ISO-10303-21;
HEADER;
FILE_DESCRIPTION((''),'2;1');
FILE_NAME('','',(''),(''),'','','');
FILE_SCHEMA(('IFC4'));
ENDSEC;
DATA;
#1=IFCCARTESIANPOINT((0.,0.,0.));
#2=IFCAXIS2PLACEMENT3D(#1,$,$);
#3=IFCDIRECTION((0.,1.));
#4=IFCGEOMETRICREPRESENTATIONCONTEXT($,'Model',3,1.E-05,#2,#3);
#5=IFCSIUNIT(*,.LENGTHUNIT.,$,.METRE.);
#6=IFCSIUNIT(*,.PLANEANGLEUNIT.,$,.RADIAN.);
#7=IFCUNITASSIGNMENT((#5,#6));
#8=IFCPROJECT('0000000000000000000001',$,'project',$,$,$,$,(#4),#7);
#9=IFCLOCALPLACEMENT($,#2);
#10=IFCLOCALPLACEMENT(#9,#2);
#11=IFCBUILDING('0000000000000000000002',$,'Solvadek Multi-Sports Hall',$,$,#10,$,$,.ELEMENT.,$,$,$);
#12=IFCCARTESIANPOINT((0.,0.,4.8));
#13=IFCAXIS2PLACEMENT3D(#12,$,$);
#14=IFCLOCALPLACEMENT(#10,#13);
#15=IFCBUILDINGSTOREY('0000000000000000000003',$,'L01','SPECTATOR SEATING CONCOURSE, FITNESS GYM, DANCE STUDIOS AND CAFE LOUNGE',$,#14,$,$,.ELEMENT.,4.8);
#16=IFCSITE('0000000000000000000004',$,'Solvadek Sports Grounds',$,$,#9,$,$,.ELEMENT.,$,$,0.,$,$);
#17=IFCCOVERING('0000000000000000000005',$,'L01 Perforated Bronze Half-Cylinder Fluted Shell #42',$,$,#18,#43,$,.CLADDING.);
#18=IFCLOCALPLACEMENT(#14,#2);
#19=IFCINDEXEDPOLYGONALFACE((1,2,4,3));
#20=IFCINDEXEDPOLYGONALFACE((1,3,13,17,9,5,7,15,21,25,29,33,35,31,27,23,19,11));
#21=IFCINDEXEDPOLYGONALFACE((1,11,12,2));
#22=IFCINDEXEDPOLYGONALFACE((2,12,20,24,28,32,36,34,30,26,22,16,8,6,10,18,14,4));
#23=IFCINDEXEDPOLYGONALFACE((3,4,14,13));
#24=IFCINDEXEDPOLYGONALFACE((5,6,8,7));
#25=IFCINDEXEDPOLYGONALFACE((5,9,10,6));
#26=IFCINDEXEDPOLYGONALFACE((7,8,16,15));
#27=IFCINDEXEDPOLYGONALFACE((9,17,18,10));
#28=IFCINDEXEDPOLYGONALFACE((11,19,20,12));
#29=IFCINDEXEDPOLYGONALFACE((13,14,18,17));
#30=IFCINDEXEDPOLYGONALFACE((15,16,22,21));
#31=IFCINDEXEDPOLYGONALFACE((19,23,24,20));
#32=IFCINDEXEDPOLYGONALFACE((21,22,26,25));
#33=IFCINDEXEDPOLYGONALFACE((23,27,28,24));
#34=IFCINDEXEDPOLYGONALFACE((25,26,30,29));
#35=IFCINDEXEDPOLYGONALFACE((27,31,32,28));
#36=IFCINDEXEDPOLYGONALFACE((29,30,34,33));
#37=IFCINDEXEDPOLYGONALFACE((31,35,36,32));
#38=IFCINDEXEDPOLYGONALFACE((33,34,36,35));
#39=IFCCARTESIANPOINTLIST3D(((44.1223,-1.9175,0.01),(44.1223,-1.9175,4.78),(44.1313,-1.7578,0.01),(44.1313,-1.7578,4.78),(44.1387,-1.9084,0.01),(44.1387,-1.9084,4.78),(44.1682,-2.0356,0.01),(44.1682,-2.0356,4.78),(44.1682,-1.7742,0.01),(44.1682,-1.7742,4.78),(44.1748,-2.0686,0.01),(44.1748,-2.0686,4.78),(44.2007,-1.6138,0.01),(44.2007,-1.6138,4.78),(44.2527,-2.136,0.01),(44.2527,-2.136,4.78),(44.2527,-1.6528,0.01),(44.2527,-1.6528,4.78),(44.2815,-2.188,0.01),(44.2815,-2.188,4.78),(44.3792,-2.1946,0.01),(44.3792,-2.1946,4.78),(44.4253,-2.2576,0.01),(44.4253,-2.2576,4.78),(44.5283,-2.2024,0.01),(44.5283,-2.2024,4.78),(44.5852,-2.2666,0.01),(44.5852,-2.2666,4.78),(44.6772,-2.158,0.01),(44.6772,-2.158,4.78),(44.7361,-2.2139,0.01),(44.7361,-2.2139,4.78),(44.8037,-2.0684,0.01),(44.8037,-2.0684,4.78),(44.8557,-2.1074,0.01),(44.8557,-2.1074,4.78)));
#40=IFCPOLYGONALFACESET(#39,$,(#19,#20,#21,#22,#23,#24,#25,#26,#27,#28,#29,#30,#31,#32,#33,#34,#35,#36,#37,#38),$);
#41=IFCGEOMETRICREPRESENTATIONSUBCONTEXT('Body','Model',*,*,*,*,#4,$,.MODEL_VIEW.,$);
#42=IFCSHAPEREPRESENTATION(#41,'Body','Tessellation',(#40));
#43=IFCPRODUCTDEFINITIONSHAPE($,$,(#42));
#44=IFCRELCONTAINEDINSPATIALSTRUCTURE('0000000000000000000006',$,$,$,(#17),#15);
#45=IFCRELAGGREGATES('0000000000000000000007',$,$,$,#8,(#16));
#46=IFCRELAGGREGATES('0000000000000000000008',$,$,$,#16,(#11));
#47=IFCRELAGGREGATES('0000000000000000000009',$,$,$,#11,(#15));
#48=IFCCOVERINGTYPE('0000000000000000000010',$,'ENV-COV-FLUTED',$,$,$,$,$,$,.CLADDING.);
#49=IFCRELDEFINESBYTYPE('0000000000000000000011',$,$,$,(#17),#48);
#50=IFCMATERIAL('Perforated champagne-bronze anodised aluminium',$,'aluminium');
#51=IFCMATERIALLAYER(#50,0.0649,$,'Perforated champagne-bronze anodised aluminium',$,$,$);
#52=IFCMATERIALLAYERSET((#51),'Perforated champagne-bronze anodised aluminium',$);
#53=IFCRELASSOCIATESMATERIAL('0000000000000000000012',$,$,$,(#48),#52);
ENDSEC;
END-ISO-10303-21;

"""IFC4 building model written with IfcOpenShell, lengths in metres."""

from ifc_helpers import new_model, si_unit, direction, frame, origin, place, context, subcontext, project, spatial, polyline, outline, extrude, material, layer, layer_set, type_object, element, save


model = new_model("IFC4")

# Units and contexts
model_context = context("Model", 3, precision=1e-05, world=origin(), true_north=direction((0.0, 1.0)))
body_context = subcontext(model_context, "Body", "Model", "MODEL_VIEW")
ifc_project = project(units=[si_unit("LENGTHUNIT", "METRE"), si_unit("PLANEANGLEUNIT", "RADIAN")], contexts=[model_context])

# Site, building, storey
site_placement = place(None, origin())
site = spatial("IfcSite", under=ifc_project, at=site_placement, Name="Solvadek Sports Grounds", CompositionType="ELEMENT", RefElevation=0.0)
building_placement = place(site_placement, origin())
building = spatial("IfcBuilding", under=site, at=building_placement, Name="Solvadek Multi-Sports Hall", CompositionType="ELEMENT")
storey_placement = place(building_placement, frame((0.0, 0.0, 4.8)))
storey = spatial("IfcBuildingStorey", under=building, at=storey_placement, Name="L01", Description="SPECTATOR SEATING CONCOURSE, FITNESS GYM, DANCE STUDIOS AND CAFE LOUNGE", CompositionType="ELEMENT", Elevation=4.8)

# Covering
ifc_material = material(Name="Perforated champagne-bronze anodised aluminium", Category="aluminium")
ifc_layer = layer(ifc_material, 0.0649, Name="Perforated champagne-bronze anodised aluminium")
ifc_layer_set = layer_set([ifc_layer], Name="Perforated champagne-bronze anodised aluminium")
covering_type = type_object("IfcCoveringType", Name="ENV-COV-FLUTED", PredefinedType="CLADDING", material=ifc_layer_set)
covering_1_placement = place(storey_placement, frame((0.0, 0.0, 0.01)))
element("IfcCovering", 1, at=covering_1_placement, inside=storey, type_object=covering_type, Name="L01 Perforated Bronze Half-Cylinder Fluted Shell #42", PredefinedType="CLADDING", context=body_context, shape_type="SweptSolid", body=[
    extrude(outline(polyline([(44.8557, -2.1074), (44.7361, -2.2139), (44.5852, -2.2666), (44.4253, -2.2576), (44.2815, -2.188), (44.1748, -2.0686), (44.1223, -1.9175), (44.1313, -1.7578), (44.2007, -1.6138), (44.2527, -1.6528), (44.1682, -1.7742), (44.1387, -1.9084), (44.1682, -2.0356), (44.2527, -2.136), (44.3792, -2.1946), (44.5283, -2.2024), (44.6772, -2.158), (44.8037, -2.0684), (44.8557, -2.1074)])), origin(), (0.0, 0.0, 1.0), 4.77),
])

save(model, "model.ifc")
